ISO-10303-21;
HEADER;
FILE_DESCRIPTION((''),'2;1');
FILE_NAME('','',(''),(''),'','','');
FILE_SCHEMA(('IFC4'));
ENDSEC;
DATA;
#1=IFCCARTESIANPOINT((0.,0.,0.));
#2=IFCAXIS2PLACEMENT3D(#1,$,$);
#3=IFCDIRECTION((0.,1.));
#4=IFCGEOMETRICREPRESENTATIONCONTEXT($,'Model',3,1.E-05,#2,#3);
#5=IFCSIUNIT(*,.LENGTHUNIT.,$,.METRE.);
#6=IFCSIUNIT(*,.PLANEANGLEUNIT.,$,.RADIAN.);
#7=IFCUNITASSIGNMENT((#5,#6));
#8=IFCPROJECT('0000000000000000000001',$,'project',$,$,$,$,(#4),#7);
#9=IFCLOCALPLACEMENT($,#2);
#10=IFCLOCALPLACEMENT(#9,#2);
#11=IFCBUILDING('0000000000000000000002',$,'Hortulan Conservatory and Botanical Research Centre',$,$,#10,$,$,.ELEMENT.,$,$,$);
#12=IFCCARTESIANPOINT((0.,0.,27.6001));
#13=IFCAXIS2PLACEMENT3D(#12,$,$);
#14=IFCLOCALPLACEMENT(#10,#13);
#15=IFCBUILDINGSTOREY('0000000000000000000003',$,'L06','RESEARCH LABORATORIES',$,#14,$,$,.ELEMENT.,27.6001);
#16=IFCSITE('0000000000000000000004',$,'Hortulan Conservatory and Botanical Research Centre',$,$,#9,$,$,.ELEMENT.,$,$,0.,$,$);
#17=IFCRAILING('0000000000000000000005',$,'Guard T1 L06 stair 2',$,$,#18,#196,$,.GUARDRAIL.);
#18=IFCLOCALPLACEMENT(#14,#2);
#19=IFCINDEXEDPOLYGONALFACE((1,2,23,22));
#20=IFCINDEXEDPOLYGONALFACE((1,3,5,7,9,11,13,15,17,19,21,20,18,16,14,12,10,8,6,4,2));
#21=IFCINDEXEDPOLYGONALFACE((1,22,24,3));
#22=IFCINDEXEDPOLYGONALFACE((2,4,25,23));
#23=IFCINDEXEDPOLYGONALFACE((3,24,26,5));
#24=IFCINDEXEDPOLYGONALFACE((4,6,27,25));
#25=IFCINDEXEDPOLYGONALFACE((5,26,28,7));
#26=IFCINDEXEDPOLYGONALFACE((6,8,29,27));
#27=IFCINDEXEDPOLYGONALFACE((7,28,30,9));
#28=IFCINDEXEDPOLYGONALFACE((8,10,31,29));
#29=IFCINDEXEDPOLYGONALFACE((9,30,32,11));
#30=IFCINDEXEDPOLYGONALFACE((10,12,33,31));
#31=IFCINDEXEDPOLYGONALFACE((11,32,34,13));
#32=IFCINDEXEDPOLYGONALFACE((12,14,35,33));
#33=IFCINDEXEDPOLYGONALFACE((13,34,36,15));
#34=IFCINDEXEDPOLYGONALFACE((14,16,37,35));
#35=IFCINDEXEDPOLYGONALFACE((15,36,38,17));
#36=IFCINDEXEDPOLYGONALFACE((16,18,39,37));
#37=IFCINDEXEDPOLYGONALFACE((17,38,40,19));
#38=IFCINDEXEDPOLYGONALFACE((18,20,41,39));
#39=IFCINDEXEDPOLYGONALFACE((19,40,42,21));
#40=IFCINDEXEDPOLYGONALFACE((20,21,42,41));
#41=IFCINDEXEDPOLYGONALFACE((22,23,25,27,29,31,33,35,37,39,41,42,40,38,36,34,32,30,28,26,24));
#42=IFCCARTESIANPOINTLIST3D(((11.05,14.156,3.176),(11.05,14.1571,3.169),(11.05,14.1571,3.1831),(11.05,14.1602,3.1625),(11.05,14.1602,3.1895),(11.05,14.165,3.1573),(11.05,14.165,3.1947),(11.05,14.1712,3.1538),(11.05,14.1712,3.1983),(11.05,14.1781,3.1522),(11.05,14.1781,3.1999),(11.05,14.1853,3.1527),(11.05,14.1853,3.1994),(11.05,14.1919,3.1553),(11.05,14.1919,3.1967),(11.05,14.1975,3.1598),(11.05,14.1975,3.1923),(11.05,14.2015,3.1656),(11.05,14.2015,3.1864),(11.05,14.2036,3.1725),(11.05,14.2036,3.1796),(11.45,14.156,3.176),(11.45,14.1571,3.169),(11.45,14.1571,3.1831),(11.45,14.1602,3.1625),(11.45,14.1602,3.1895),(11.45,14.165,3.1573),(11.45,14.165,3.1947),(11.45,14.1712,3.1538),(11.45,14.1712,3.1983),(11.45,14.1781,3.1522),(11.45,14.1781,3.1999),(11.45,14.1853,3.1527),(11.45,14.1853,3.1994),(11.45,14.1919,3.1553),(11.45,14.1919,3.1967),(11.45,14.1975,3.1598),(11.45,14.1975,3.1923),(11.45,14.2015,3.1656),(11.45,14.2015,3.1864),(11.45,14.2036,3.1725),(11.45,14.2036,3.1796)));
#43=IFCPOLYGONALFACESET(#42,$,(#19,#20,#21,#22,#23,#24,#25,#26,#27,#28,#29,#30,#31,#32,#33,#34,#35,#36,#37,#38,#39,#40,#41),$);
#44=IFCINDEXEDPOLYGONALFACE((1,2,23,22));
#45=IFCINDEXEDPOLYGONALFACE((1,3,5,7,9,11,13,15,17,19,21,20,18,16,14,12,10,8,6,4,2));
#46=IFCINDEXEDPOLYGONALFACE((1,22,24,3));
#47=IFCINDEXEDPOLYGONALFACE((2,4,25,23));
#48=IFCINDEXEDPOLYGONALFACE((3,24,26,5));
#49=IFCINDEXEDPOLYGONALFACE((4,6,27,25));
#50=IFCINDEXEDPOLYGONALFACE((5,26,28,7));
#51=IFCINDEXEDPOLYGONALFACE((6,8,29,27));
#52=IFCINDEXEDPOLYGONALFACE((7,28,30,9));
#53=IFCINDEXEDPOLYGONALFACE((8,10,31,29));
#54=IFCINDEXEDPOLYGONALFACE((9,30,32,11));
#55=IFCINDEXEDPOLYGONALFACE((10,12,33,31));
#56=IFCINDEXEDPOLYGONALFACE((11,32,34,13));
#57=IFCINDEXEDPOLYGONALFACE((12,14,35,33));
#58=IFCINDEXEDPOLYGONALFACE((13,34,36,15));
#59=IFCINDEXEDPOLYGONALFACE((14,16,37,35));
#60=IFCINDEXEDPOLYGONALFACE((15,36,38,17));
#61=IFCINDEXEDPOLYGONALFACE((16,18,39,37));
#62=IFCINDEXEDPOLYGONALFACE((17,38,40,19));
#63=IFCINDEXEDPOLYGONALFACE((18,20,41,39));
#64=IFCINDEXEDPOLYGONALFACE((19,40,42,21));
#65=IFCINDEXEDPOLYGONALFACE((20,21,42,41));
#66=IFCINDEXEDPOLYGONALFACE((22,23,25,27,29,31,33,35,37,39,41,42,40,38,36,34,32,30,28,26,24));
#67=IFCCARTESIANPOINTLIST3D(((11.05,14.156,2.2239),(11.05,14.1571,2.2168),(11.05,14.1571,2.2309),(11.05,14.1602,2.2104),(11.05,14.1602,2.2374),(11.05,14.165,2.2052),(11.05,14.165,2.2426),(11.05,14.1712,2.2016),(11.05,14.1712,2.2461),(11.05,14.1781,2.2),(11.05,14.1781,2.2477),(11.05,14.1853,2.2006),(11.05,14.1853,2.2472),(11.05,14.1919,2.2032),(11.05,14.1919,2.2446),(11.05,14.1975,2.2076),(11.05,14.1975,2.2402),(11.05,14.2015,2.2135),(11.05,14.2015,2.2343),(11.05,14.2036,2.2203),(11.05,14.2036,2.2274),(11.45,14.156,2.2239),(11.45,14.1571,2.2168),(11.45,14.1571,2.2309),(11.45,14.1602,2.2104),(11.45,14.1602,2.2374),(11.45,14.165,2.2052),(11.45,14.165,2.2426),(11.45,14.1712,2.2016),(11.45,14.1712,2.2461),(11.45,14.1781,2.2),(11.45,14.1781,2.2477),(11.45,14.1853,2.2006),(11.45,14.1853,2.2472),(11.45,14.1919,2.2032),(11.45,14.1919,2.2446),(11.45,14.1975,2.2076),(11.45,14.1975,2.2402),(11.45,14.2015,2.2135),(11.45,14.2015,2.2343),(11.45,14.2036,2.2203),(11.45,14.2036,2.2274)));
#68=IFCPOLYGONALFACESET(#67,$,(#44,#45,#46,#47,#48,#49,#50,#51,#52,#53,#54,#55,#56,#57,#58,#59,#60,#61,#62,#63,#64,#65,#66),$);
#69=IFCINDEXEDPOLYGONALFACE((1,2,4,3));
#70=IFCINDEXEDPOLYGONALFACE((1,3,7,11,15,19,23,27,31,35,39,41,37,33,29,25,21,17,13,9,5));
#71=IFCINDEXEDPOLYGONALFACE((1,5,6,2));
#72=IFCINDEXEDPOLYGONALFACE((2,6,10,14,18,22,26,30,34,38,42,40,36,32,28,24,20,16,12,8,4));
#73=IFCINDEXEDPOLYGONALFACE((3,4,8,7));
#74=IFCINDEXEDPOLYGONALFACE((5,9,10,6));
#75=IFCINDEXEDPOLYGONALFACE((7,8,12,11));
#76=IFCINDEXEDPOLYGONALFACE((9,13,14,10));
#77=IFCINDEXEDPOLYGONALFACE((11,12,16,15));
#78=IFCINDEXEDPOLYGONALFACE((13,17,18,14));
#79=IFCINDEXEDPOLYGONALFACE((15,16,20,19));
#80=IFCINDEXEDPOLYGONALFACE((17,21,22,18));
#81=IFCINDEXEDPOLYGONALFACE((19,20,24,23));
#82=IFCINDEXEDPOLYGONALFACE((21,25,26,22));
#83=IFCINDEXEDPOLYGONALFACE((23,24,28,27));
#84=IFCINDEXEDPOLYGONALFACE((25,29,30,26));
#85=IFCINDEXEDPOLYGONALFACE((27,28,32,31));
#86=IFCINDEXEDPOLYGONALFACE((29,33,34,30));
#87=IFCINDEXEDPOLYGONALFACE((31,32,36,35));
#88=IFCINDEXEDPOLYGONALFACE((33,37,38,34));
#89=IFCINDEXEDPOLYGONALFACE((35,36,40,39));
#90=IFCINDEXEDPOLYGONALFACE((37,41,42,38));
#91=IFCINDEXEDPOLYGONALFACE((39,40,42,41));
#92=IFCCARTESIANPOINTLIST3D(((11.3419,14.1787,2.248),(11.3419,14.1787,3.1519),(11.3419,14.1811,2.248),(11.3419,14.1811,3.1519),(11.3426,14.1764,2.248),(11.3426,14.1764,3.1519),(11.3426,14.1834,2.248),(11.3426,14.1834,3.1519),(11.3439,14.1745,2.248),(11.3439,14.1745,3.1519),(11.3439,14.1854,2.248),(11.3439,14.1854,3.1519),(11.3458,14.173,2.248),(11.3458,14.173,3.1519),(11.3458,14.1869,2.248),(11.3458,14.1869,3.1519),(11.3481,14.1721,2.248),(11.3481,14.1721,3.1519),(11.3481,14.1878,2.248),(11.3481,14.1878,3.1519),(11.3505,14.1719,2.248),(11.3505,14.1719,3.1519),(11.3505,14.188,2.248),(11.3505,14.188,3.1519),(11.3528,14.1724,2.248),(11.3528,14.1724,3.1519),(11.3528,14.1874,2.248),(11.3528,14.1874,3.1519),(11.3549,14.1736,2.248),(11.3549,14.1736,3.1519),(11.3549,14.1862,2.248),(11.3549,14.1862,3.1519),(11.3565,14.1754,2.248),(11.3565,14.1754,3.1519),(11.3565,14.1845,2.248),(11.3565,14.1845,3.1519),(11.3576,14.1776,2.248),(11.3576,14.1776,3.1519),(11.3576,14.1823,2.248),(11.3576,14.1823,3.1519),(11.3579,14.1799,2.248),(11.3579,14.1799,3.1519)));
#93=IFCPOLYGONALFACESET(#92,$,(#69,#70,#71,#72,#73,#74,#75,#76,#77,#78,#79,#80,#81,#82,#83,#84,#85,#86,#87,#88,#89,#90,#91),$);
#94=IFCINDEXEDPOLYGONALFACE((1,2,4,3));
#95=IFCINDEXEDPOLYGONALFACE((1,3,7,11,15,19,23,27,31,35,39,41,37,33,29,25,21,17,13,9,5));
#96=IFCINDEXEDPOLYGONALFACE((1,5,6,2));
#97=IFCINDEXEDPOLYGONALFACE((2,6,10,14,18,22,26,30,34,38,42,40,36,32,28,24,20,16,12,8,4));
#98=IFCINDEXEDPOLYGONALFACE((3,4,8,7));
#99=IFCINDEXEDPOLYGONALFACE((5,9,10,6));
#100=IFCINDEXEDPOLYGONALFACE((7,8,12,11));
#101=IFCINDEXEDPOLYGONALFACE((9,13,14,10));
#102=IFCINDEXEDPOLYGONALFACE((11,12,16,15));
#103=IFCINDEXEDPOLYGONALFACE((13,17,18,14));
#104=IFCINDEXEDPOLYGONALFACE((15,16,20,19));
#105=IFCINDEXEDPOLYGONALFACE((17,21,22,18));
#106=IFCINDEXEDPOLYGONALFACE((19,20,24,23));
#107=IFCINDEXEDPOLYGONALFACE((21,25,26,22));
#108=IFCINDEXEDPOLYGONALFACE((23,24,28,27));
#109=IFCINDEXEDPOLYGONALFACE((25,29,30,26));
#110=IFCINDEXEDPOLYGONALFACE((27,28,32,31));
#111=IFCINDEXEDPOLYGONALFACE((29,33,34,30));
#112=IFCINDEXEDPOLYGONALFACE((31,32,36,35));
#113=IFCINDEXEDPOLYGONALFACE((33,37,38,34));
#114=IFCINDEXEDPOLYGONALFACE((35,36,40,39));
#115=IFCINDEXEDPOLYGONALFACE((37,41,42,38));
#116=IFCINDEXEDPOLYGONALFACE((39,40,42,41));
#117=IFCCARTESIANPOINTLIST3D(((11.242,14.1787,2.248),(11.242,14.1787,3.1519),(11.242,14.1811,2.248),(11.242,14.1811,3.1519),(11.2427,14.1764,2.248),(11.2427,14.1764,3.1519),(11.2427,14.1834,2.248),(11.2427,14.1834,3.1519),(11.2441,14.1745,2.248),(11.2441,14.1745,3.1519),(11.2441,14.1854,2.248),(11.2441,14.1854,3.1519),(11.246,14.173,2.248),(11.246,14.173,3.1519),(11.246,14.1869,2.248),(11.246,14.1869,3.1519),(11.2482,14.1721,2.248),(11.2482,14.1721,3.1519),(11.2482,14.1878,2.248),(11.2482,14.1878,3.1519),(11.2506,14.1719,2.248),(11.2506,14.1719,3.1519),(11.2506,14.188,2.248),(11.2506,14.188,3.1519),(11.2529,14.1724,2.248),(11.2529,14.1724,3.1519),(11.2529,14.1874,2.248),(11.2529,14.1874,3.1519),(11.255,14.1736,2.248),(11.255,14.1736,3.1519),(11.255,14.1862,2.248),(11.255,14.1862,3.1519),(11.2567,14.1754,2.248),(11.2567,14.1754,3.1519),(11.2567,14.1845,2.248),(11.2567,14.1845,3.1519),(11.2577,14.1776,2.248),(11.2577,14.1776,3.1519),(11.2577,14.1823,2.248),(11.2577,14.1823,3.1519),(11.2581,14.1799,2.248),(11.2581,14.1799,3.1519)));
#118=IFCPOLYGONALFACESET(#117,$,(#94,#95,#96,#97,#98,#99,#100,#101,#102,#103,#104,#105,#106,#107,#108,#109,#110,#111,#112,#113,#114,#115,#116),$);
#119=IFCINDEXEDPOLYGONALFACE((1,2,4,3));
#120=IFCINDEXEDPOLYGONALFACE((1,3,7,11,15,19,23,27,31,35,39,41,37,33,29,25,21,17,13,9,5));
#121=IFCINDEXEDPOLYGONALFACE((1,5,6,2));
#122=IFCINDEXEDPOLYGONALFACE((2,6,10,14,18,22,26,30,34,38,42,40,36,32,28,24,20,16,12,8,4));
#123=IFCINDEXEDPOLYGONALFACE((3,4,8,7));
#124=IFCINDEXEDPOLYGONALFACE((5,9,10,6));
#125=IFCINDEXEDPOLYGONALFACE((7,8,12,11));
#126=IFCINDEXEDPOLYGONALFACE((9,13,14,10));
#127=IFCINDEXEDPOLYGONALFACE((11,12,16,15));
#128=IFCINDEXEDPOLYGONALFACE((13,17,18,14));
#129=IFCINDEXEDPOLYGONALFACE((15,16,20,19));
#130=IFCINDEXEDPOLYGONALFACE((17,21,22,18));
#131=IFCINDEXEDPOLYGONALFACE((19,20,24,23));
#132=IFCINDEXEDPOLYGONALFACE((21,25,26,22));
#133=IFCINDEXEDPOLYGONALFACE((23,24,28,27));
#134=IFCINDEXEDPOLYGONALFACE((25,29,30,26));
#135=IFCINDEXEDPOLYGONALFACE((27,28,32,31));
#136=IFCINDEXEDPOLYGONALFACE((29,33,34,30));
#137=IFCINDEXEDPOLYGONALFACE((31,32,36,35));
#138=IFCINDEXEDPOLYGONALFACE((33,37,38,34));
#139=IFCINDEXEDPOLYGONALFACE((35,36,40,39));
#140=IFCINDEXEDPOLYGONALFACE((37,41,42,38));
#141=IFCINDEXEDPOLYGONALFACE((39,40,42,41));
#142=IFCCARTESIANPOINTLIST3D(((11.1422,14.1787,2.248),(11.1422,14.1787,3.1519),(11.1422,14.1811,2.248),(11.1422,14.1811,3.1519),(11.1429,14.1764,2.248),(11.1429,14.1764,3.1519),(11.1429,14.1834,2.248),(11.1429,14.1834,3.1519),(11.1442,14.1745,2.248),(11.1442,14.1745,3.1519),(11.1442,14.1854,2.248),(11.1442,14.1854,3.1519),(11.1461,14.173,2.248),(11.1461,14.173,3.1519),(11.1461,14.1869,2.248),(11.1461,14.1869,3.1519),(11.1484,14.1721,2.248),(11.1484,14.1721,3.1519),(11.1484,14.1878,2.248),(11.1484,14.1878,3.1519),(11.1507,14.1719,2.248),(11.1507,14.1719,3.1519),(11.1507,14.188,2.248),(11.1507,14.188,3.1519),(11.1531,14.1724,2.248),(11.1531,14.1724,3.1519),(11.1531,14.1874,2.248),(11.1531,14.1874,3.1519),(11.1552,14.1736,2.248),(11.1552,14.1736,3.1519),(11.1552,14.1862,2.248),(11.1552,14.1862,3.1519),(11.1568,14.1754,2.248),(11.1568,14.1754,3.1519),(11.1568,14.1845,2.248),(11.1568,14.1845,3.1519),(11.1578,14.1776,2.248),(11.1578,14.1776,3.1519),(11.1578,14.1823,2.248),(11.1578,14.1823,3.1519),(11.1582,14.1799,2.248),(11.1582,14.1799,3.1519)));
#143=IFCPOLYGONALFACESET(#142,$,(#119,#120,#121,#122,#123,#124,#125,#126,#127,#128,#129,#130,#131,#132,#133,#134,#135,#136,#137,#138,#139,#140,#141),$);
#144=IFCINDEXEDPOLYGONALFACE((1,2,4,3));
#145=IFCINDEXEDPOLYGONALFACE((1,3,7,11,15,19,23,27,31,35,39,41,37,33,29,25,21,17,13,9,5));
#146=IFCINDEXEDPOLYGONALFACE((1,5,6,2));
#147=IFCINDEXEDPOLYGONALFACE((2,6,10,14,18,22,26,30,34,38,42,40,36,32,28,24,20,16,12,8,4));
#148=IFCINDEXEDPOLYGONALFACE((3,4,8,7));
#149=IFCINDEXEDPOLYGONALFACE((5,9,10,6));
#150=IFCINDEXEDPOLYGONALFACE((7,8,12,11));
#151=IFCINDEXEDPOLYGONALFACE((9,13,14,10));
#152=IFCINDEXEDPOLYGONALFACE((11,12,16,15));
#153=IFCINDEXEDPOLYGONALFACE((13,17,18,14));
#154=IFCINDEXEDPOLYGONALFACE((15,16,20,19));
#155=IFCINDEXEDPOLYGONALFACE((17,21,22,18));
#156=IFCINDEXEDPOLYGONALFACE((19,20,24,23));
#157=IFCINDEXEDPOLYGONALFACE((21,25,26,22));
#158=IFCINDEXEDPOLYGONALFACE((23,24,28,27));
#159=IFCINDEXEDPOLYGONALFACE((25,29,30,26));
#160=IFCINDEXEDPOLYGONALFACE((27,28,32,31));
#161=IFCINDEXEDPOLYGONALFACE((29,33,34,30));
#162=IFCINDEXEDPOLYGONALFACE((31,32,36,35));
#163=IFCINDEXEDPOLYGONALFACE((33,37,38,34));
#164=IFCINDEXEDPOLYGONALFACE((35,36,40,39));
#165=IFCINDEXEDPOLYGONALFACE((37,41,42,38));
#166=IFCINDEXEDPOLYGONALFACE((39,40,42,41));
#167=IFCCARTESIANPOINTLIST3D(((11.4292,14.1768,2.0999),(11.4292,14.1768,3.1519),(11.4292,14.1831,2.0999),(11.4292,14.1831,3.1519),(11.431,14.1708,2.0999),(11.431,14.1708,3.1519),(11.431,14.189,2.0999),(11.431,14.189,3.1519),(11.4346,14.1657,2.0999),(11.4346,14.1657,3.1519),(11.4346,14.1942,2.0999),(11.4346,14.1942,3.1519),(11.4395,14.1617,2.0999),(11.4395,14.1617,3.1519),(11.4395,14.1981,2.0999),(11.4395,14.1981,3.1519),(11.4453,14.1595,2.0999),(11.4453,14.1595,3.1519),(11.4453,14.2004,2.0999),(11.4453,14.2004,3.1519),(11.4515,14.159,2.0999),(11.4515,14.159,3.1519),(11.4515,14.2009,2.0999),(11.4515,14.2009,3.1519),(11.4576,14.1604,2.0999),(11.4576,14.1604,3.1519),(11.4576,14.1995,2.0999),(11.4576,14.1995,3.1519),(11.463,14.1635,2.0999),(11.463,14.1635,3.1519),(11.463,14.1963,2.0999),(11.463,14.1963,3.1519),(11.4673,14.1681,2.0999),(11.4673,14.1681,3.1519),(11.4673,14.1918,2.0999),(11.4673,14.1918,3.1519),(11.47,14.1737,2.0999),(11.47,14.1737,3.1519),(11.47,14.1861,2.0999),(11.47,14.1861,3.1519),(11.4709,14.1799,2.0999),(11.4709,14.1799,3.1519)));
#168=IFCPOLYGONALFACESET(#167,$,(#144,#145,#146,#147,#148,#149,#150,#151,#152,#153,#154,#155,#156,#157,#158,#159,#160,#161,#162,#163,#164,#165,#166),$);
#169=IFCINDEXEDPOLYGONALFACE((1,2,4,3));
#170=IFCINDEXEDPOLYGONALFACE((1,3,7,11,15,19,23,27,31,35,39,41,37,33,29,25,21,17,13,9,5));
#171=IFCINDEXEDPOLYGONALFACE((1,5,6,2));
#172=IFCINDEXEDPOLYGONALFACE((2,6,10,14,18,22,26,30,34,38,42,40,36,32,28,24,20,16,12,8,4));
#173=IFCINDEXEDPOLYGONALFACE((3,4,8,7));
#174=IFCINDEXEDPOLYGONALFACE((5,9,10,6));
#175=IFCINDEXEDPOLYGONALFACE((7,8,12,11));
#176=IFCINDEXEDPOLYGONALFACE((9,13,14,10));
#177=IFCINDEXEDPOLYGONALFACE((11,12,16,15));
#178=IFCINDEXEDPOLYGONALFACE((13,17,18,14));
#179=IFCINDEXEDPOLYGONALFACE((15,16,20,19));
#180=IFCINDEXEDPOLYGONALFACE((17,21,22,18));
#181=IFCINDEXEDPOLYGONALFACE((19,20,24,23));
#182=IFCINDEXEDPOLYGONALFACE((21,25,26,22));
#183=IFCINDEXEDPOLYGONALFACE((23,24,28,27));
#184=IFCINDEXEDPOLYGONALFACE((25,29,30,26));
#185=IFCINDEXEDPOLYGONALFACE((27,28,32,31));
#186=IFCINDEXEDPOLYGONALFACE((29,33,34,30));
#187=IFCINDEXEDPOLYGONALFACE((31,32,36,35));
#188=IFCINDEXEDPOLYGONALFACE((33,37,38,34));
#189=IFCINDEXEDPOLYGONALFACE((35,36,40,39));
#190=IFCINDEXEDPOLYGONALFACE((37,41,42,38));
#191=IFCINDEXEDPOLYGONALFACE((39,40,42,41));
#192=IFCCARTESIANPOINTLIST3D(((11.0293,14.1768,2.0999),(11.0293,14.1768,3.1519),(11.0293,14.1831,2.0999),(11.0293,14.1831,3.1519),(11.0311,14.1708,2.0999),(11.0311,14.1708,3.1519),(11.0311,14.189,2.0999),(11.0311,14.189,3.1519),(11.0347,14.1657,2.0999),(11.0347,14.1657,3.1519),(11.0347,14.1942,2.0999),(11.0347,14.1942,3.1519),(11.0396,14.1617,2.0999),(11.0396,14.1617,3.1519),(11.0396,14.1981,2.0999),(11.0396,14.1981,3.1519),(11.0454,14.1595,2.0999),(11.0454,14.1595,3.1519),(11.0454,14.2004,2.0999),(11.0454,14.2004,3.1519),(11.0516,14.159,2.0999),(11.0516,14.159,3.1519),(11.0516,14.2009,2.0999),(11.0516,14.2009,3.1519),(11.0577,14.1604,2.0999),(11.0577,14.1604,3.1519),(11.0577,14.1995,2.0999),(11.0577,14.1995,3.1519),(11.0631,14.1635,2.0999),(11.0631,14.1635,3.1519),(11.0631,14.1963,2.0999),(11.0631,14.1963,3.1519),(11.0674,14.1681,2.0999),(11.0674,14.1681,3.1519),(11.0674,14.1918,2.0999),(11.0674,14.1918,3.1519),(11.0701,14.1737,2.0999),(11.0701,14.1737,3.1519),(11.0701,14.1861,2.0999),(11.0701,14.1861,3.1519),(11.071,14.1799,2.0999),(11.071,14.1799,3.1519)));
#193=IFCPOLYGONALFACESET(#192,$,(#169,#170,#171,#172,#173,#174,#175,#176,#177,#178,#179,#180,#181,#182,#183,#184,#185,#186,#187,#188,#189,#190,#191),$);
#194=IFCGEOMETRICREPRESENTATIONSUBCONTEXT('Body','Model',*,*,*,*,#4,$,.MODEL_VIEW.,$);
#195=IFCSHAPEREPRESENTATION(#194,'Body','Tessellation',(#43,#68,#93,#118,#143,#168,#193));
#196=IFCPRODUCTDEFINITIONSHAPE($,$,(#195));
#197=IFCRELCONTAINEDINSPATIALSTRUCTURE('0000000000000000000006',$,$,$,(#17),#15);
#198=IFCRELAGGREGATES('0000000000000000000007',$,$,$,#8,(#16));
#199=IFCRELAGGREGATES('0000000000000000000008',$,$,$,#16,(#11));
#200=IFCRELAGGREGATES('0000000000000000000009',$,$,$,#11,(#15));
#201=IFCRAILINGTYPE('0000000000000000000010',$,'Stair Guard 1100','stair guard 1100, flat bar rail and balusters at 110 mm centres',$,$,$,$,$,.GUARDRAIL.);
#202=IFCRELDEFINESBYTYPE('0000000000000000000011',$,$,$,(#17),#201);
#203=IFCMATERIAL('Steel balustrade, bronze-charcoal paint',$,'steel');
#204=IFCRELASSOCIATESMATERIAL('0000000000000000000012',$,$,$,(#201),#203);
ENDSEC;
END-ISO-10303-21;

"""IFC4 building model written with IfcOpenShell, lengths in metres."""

from ifc_helpers import new_model, si_unit, direction, frame, origin, origin_2d, place, context, subcontext, project, spatial, circle, extrude, material, type_object, element, save


model = new_model("IFC4")

# Units and contexts
model_context = context("Model", 3, precision=1e-05, world=origin(), true_north=direction((0.0, 1.0)))
body_context = subcontext(model_context, "Body", "Model", "MODEL_VIEW")
ifc_project = project(units=[si_unit("LENGTHUNIT", "METRE"), si_unit("PLANEANGLEUNIT", "RADIAN")], contexts=[model_context])

# Site, building, storey
site_placement = place(None, origin())
site = spatial("IfcSite", under=ifc_project, at=site_placement, Name="Hortulan Conservatory and Botanical Research Centre", CompositionType="ELEMENT", RefElevation=0.0)
building_placement = place(site_placement, origin())
building = spatial("IfcBuilding", under=site, at=building_placement, Name="Hortulan Conservatory and Botanical Research Centre", CompositionType="ELEMENT")
storey_placement = place(building_placement, frame((0.0, 0.0, 27.6001)))
storey = spatial("IfcBuildingStorey", under=building, at=storey_placement, Name="L06", Description="RESEARCH LABORATORIES", CompositionType="ELEMENT", Elevation=27.6001)

# Railing
ifc_material_1 = material(Name="Steel balustrade, bronze-charcoal paint", Category="steel")
railing_type_1 = type_object("IfcRailingType", Name="Stair Guard 1100", Description="stair guard 1100, flat bar rail and balusters at 110 mm centres", PredefinedType="GUARDRAIL", material=ifc_material_1)
railing_1_placement = place(storey_placement, frame((11.45, 14.1799, 2.0999)))
element("IfcRailing", 1, at=railing_1_placement, inside=storey, type_object=railing_type_1, Name="Guard T1 L06 stair 2", PredefinedType="GUARDRAIL", context=body_context, shape_type="SweptSolid", body=[
    extrude(circle(Radius=0.0239, at=origin_2d()), frame((0.0, 0.0, 1.0762), z_axis=(-1.0, 0.0, 0.0), x_axis=(0.0, -1.0, 0.0)), (0.0, 0.0, 1.0), 0.3999),
    extrude(circle(Radius=0.0239, at=origin_2d()), frame((0.0, 0.0, 0.124), z_axis=(-1.0, 0.0, 0.0), x_axis=(0.0, -1.0, 0.0)), (0.0, 0.0, 1.0), 0.3999),
    extrude(circle(Radius=0.0081, at=origin_2d()), frame((-0.1001, 0.0, 0.1482)), (0.0, 0.0, 1.0), 0.9038),
    extrude(circle(Radius=0.0081, at=origin_2d()), frame((-0.2, 0.0, 0.1482)), (0.0, 0.0, 1.0), 0.9038),
    extrude(circle(Radius=0.0081, at=origin_2d()), frame((-0.2998, 0.0, 0.1482)), (0.0, 0.0, 1.0), 0.9038),
    extrude(circle(Radius=0.021, at=origin_2d()), origin(), (0.0, 0.0, 1.0), 1.052),
    extrude(circle(Radius=0.021, at=origin_2d()), frame((-0.3999, 0.0, 0.0)), (0.0, 0.0, 1.0), 1.052),
])

save(model, "model.ifc")
